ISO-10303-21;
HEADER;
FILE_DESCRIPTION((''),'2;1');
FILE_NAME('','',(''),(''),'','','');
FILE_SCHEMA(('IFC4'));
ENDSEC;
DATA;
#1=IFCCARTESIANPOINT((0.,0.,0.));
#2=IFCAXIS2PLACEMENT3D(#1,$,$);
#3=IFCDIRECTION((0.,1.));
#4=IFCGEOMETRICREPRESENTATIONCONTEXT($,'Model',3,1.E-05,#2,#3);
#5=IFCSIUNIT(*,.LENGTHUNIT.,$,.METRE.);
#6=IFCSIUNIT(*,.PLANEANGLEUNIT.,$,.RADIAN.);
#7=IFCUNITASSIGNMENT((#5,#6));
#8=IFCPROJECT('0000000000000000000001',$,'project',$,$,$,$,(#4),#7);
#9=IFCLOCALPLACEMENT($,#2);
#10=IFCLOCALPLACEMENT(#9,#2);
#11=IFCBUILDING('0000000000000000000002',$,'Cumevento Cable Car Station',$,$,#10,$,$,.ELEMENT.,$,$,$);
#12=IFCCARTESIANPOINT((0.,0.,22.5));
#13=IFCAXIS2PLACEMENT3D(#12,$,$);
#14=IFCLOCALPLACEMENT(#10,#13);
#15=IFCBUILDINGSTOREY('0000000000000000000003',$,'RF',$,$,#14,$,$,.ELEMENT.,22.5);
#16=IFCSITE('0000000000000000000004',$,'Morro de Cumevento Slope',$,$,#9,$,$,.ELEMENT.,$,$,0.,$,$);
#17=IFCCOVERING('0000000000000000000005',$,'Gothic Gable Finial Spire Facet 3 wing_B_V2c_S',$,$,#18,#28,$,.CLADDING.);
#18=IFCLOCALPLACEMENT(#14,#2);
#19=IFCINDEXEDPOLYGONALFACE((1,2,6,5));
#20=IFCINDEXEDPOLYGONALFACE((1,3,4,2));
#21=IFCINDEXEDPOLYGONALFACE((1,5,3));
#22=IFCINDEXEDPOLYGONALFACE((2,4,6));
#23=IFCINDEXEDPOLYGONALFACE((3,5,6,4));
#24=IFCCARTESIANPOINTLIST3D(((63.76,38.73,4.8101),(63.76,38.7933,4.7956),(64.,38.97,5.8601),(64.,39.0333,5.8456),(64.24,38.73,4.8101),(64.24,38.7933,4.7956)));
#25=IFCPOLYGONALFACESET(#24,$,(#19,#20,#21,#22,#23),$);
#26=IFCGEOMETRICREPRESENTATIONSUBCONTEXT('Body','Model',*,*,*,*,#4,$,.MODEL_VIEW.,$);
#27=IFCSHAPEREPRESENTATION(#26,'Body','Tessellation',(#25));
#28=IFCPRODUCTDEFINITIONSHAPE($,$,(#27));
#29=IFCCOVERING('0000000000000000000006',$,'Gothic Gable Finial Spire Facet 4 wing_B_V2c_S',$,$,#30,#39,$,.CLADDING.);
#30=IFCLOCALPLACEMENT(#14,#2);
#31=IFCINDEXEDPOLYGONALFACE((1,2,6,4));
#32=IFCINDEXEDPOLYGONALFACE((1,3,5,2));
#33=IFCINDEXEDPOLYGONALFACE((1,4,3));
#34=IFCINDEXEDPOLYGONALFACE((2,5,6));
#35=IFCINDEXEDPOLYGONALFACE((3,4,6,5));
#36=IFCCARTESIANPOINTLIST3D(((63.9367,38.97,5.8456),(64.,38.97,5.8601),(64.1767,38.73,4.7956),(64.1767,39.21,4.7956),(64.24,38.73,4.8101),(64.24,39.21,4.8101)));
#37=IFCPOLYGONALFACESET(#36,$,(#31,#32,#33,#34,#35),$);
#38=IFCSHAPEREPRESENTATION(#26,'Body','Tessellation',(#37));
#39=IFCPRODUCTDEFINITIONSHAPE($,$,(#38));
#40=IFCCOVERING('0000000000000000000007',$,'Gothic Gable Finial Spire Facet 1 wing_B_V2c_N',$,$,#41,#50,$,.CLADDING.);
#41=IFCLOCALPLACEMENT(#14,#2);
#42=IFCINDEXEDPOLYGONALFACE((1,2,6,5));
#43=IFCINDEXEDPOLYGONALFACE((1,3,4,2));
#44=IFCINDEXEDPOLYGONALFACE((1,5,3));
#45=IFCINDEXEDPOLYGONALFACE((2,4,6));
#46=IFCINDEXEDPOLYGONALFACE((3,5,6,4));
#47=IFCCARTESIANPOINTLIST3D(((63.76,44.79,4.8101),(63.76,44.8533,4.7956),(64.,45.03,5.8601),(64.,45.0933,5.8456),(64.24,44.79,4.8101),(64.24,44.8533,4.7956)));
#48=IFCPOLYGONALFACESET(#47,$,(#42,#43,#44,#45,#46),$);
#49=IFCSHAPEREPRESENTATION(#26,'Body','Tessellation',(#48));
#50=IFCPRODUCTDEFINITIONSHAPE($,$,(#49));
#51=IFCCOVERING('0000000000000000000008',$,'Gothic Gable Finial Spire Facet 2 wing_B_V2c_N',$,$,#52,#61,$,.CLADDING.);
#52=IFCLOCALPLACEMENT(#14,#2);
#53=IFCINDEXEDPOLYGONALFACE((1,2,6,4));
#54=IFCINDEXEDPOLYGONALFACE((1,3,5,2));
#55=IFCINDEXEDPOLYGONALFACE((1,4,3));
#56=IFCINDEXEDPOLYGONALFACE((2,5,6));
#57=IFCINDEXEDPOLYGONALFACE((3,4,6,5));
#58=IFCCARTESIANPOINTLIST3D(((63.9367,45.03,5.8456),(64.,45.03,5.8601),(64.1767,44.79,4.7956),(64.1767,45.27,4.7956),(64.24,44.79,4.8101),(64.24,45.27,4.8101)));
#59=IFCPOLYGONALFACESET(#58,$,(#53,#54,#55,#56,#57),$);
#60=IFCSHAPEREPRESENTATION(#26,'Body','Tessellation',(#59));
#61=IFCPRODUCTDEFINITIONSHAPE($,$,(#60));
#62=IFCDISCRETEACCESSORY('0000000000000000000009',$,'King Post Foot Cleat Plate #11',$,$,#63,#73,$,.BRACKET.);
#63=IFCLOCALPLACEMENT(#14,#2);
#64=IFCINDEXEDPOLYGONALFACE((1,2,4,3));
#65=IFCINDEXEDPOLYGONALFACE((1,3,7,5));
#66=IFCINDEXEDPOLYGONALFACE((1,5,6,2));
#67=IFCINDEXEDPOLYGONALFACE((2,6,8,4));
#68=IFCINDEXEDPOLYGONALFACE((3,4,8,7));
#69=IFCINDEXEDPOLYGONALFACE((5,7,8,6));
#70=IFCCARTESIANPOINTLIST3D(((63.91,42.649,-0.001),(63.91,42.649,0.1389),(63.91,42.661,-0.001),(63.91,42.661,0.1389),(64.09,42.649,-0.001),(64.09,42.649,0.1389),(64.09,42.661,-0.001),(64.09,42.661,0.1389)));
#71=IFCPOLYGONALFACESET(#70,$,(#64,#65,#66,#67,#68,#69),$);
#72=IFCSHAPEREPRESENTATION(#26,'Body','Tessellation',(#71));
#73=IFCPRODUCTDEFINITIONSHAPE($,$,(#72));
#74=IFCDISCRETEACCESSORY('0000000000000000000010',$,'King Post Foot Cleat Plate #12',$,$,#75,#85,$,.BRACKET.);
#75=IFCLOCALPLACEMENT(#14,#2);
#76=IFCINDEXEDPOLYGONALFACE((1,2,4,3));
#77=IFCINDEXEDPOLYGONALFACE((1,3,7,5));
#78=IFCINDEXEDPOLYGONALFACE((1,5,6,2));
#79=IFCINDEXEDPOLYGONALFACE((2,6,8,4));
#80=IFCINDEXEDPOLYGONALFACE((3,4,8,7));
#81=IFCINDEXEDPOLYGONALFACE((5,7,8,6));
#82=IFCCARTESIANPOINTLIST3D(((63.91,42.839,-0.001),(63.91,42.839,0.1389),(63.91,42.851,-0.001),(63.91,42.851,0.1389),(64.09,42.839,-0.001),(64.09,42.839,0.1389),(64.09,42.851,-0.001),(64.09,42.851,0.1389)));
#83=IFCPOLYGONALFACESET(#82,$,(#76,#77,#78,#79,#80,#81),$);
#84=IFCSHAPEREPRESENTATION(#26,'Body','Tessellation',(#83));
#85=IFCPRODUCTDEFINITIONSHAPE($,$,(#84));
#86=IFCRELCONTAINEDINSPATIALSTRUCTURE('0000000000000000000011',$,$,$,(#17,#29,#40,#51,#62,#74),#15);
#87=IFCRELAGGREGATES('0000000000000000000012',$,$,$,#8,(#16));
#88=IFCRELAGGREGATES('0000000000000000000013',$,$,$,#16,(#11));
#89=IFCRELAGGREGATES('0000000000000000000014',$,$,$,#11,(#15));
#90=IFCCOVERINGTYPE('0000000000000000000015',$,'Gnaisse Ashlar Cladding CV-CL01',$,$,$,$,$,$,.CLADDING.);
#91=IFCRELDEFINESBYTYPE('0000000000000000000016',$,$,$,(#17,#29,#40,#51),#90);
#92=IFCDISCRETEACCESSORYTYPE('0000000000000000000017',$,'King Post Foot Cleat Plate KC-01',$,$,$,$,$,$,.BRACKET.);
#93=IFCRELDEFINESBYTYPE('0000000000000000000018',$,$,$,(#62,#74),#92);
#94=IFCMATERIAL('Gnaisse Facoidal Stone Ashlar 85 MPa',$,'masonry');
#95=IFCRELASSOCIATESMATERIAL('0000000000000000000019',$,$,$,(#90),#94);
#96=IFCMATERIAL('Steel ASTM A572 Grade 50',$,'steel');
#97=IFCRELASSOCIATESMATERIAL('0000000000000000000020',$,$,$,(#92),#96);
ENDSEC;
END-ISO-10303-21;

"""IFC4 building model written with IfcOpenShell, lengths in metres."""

from ifc_helpers import new_model, si_unit, direction, frame, origin, origin_2d, place, context, subcontext, project, spatial, polyline, rectangle, outline, extrude, material, type_object, element, save


model = new_model("IFC4")

# Units and contexts
model_context = context("Model", 3, precision=1e-05, world=origin(), true_north=direction((0.0, 1.0)))
body_context = subcontext(model_context, "Body", "Model", "MODEL_VIEW")
ifc_project = project(units=[si_unit("LENGTHUNIT", "METRE"), si_unit("PLANEANGLEUNIT", "RADIAN")], contexts=[model_context])

# Site, building, storey
site_placement = place(None, origin())
site = spatial("IfcSite", under=ifc_project, at=site_placement, Name="Morro de Cumevento Slope", CompositionType="ELEMENT", RefElevation=0.0)
building_placement = place(site_placement, origin())
building = spatial("IfcBuilding", under=site, at=building_placement, Name="Cumevento Cable Car Station", CompositionType="ELEMENT")
storey_placement = place(building_placement, frame((0.0, 0.0, 22.5)))
storey = spatial("IfcBuildingStorey", under=building, at=storey_placement, Name="RF", CompositionType="ELEMENT", Elevation=22.5)

# Coverings
ifc_material_1 = material(Name="Gnaisse Facoidal Stone Ashlar 85 MPa", Category="masonry")
covering_type_1 = type_object("IfcCoveringType", Name="Gnaisse Ashlar Cladding CV-CL01", PredefinedType="CLADDING", material=ifc_material_1)
for number, where, z_axis, x_axis, name in (
    (1, (63.76, 38.73, 4.8101), (0.0, -0.974863, 0.222806), (1.0, 0.0, 0.0), "Gothic Gable Finial Spire Facet 3 wing_B_V2c_S"),
    (2, (64.24, 38.73, 4.8101), (0.974863, 0.0, 0.222806), (0.0, 1.0, 0.0), "Gothic Gable Finial Spire Facet 4 wing_B_V2c_S"),
    (3, (63.76, 44.79, 4.8101), (0.0, -0.974863, 0.222806), (1.0, 0.0, 0.0), "Gothic Gable Finial Spire Facet 1 wing_B_V2c_N"),
    (4, (64.24, 44.79, 4.8101), (0.974863, 0.0, 0.222806), (0.0, 1.0, 0.0), "Gothic Gable Finial Spire Facet 2 wing_B_V2c_N"),
):
    element("IfcCovering", number, at=place(storey_placement, frame(where, z_axis=z_axis, x_axis=x_axis)), inside=storey, type_object=covering_type_1, Name=name, PredefinedType="CLADDING", context=body_context, shape_type="SweptSolid", body=[
        extrude(outline(polyline([(0.0, 0.0), (0.48, 0.0), (0.24, 1.0771), (0.0, 0.0)])), origin(), (0.0, 0.0, -1.0), 0.0649),
    ])

# Discrete accessories
ifc_material_2 = material(Name="Steel ASTM A572 Grade 50", Category="steel")
discrete_accessory_type = type_object("IfcDiscreteAccessoryType", Name="King Post Foot Cleat Plate KC-01", PredefinedType="BRACKET", material=ifc_material_2)
for number, where, z_axis, x_axis, name in (
    (5, (64.0, 42.655, -0.001), (0.0, 0.0, 1.0), (0.0, 1.0, 0.0), "King Post Foot Cleat Plate #11"),
    (6, (64.0, 42.845, -0.001), (0.0, 0.0, 1.0), (0.0, 1.0, 0.0), "King Post Foot Cleat Plate #12"),
):
    element("IfcDiscreteAccessory", number, at=place(storey_placement, frame(where, z_axis=z_axis, x_axis=x_axis)), inside=storey, type_object=discrete_accessory_type, Name=name, PredefinedType="BRACKET", context=body_context, shape_type="SweptSolid", body=[
        extrude(rectangle(XDim=0.012, YDim=0.1799, at=origin_2d()), origin(), (0.0, 0.0, 1.0), 0.1399),
    ])

save(model, "model.ifc")
